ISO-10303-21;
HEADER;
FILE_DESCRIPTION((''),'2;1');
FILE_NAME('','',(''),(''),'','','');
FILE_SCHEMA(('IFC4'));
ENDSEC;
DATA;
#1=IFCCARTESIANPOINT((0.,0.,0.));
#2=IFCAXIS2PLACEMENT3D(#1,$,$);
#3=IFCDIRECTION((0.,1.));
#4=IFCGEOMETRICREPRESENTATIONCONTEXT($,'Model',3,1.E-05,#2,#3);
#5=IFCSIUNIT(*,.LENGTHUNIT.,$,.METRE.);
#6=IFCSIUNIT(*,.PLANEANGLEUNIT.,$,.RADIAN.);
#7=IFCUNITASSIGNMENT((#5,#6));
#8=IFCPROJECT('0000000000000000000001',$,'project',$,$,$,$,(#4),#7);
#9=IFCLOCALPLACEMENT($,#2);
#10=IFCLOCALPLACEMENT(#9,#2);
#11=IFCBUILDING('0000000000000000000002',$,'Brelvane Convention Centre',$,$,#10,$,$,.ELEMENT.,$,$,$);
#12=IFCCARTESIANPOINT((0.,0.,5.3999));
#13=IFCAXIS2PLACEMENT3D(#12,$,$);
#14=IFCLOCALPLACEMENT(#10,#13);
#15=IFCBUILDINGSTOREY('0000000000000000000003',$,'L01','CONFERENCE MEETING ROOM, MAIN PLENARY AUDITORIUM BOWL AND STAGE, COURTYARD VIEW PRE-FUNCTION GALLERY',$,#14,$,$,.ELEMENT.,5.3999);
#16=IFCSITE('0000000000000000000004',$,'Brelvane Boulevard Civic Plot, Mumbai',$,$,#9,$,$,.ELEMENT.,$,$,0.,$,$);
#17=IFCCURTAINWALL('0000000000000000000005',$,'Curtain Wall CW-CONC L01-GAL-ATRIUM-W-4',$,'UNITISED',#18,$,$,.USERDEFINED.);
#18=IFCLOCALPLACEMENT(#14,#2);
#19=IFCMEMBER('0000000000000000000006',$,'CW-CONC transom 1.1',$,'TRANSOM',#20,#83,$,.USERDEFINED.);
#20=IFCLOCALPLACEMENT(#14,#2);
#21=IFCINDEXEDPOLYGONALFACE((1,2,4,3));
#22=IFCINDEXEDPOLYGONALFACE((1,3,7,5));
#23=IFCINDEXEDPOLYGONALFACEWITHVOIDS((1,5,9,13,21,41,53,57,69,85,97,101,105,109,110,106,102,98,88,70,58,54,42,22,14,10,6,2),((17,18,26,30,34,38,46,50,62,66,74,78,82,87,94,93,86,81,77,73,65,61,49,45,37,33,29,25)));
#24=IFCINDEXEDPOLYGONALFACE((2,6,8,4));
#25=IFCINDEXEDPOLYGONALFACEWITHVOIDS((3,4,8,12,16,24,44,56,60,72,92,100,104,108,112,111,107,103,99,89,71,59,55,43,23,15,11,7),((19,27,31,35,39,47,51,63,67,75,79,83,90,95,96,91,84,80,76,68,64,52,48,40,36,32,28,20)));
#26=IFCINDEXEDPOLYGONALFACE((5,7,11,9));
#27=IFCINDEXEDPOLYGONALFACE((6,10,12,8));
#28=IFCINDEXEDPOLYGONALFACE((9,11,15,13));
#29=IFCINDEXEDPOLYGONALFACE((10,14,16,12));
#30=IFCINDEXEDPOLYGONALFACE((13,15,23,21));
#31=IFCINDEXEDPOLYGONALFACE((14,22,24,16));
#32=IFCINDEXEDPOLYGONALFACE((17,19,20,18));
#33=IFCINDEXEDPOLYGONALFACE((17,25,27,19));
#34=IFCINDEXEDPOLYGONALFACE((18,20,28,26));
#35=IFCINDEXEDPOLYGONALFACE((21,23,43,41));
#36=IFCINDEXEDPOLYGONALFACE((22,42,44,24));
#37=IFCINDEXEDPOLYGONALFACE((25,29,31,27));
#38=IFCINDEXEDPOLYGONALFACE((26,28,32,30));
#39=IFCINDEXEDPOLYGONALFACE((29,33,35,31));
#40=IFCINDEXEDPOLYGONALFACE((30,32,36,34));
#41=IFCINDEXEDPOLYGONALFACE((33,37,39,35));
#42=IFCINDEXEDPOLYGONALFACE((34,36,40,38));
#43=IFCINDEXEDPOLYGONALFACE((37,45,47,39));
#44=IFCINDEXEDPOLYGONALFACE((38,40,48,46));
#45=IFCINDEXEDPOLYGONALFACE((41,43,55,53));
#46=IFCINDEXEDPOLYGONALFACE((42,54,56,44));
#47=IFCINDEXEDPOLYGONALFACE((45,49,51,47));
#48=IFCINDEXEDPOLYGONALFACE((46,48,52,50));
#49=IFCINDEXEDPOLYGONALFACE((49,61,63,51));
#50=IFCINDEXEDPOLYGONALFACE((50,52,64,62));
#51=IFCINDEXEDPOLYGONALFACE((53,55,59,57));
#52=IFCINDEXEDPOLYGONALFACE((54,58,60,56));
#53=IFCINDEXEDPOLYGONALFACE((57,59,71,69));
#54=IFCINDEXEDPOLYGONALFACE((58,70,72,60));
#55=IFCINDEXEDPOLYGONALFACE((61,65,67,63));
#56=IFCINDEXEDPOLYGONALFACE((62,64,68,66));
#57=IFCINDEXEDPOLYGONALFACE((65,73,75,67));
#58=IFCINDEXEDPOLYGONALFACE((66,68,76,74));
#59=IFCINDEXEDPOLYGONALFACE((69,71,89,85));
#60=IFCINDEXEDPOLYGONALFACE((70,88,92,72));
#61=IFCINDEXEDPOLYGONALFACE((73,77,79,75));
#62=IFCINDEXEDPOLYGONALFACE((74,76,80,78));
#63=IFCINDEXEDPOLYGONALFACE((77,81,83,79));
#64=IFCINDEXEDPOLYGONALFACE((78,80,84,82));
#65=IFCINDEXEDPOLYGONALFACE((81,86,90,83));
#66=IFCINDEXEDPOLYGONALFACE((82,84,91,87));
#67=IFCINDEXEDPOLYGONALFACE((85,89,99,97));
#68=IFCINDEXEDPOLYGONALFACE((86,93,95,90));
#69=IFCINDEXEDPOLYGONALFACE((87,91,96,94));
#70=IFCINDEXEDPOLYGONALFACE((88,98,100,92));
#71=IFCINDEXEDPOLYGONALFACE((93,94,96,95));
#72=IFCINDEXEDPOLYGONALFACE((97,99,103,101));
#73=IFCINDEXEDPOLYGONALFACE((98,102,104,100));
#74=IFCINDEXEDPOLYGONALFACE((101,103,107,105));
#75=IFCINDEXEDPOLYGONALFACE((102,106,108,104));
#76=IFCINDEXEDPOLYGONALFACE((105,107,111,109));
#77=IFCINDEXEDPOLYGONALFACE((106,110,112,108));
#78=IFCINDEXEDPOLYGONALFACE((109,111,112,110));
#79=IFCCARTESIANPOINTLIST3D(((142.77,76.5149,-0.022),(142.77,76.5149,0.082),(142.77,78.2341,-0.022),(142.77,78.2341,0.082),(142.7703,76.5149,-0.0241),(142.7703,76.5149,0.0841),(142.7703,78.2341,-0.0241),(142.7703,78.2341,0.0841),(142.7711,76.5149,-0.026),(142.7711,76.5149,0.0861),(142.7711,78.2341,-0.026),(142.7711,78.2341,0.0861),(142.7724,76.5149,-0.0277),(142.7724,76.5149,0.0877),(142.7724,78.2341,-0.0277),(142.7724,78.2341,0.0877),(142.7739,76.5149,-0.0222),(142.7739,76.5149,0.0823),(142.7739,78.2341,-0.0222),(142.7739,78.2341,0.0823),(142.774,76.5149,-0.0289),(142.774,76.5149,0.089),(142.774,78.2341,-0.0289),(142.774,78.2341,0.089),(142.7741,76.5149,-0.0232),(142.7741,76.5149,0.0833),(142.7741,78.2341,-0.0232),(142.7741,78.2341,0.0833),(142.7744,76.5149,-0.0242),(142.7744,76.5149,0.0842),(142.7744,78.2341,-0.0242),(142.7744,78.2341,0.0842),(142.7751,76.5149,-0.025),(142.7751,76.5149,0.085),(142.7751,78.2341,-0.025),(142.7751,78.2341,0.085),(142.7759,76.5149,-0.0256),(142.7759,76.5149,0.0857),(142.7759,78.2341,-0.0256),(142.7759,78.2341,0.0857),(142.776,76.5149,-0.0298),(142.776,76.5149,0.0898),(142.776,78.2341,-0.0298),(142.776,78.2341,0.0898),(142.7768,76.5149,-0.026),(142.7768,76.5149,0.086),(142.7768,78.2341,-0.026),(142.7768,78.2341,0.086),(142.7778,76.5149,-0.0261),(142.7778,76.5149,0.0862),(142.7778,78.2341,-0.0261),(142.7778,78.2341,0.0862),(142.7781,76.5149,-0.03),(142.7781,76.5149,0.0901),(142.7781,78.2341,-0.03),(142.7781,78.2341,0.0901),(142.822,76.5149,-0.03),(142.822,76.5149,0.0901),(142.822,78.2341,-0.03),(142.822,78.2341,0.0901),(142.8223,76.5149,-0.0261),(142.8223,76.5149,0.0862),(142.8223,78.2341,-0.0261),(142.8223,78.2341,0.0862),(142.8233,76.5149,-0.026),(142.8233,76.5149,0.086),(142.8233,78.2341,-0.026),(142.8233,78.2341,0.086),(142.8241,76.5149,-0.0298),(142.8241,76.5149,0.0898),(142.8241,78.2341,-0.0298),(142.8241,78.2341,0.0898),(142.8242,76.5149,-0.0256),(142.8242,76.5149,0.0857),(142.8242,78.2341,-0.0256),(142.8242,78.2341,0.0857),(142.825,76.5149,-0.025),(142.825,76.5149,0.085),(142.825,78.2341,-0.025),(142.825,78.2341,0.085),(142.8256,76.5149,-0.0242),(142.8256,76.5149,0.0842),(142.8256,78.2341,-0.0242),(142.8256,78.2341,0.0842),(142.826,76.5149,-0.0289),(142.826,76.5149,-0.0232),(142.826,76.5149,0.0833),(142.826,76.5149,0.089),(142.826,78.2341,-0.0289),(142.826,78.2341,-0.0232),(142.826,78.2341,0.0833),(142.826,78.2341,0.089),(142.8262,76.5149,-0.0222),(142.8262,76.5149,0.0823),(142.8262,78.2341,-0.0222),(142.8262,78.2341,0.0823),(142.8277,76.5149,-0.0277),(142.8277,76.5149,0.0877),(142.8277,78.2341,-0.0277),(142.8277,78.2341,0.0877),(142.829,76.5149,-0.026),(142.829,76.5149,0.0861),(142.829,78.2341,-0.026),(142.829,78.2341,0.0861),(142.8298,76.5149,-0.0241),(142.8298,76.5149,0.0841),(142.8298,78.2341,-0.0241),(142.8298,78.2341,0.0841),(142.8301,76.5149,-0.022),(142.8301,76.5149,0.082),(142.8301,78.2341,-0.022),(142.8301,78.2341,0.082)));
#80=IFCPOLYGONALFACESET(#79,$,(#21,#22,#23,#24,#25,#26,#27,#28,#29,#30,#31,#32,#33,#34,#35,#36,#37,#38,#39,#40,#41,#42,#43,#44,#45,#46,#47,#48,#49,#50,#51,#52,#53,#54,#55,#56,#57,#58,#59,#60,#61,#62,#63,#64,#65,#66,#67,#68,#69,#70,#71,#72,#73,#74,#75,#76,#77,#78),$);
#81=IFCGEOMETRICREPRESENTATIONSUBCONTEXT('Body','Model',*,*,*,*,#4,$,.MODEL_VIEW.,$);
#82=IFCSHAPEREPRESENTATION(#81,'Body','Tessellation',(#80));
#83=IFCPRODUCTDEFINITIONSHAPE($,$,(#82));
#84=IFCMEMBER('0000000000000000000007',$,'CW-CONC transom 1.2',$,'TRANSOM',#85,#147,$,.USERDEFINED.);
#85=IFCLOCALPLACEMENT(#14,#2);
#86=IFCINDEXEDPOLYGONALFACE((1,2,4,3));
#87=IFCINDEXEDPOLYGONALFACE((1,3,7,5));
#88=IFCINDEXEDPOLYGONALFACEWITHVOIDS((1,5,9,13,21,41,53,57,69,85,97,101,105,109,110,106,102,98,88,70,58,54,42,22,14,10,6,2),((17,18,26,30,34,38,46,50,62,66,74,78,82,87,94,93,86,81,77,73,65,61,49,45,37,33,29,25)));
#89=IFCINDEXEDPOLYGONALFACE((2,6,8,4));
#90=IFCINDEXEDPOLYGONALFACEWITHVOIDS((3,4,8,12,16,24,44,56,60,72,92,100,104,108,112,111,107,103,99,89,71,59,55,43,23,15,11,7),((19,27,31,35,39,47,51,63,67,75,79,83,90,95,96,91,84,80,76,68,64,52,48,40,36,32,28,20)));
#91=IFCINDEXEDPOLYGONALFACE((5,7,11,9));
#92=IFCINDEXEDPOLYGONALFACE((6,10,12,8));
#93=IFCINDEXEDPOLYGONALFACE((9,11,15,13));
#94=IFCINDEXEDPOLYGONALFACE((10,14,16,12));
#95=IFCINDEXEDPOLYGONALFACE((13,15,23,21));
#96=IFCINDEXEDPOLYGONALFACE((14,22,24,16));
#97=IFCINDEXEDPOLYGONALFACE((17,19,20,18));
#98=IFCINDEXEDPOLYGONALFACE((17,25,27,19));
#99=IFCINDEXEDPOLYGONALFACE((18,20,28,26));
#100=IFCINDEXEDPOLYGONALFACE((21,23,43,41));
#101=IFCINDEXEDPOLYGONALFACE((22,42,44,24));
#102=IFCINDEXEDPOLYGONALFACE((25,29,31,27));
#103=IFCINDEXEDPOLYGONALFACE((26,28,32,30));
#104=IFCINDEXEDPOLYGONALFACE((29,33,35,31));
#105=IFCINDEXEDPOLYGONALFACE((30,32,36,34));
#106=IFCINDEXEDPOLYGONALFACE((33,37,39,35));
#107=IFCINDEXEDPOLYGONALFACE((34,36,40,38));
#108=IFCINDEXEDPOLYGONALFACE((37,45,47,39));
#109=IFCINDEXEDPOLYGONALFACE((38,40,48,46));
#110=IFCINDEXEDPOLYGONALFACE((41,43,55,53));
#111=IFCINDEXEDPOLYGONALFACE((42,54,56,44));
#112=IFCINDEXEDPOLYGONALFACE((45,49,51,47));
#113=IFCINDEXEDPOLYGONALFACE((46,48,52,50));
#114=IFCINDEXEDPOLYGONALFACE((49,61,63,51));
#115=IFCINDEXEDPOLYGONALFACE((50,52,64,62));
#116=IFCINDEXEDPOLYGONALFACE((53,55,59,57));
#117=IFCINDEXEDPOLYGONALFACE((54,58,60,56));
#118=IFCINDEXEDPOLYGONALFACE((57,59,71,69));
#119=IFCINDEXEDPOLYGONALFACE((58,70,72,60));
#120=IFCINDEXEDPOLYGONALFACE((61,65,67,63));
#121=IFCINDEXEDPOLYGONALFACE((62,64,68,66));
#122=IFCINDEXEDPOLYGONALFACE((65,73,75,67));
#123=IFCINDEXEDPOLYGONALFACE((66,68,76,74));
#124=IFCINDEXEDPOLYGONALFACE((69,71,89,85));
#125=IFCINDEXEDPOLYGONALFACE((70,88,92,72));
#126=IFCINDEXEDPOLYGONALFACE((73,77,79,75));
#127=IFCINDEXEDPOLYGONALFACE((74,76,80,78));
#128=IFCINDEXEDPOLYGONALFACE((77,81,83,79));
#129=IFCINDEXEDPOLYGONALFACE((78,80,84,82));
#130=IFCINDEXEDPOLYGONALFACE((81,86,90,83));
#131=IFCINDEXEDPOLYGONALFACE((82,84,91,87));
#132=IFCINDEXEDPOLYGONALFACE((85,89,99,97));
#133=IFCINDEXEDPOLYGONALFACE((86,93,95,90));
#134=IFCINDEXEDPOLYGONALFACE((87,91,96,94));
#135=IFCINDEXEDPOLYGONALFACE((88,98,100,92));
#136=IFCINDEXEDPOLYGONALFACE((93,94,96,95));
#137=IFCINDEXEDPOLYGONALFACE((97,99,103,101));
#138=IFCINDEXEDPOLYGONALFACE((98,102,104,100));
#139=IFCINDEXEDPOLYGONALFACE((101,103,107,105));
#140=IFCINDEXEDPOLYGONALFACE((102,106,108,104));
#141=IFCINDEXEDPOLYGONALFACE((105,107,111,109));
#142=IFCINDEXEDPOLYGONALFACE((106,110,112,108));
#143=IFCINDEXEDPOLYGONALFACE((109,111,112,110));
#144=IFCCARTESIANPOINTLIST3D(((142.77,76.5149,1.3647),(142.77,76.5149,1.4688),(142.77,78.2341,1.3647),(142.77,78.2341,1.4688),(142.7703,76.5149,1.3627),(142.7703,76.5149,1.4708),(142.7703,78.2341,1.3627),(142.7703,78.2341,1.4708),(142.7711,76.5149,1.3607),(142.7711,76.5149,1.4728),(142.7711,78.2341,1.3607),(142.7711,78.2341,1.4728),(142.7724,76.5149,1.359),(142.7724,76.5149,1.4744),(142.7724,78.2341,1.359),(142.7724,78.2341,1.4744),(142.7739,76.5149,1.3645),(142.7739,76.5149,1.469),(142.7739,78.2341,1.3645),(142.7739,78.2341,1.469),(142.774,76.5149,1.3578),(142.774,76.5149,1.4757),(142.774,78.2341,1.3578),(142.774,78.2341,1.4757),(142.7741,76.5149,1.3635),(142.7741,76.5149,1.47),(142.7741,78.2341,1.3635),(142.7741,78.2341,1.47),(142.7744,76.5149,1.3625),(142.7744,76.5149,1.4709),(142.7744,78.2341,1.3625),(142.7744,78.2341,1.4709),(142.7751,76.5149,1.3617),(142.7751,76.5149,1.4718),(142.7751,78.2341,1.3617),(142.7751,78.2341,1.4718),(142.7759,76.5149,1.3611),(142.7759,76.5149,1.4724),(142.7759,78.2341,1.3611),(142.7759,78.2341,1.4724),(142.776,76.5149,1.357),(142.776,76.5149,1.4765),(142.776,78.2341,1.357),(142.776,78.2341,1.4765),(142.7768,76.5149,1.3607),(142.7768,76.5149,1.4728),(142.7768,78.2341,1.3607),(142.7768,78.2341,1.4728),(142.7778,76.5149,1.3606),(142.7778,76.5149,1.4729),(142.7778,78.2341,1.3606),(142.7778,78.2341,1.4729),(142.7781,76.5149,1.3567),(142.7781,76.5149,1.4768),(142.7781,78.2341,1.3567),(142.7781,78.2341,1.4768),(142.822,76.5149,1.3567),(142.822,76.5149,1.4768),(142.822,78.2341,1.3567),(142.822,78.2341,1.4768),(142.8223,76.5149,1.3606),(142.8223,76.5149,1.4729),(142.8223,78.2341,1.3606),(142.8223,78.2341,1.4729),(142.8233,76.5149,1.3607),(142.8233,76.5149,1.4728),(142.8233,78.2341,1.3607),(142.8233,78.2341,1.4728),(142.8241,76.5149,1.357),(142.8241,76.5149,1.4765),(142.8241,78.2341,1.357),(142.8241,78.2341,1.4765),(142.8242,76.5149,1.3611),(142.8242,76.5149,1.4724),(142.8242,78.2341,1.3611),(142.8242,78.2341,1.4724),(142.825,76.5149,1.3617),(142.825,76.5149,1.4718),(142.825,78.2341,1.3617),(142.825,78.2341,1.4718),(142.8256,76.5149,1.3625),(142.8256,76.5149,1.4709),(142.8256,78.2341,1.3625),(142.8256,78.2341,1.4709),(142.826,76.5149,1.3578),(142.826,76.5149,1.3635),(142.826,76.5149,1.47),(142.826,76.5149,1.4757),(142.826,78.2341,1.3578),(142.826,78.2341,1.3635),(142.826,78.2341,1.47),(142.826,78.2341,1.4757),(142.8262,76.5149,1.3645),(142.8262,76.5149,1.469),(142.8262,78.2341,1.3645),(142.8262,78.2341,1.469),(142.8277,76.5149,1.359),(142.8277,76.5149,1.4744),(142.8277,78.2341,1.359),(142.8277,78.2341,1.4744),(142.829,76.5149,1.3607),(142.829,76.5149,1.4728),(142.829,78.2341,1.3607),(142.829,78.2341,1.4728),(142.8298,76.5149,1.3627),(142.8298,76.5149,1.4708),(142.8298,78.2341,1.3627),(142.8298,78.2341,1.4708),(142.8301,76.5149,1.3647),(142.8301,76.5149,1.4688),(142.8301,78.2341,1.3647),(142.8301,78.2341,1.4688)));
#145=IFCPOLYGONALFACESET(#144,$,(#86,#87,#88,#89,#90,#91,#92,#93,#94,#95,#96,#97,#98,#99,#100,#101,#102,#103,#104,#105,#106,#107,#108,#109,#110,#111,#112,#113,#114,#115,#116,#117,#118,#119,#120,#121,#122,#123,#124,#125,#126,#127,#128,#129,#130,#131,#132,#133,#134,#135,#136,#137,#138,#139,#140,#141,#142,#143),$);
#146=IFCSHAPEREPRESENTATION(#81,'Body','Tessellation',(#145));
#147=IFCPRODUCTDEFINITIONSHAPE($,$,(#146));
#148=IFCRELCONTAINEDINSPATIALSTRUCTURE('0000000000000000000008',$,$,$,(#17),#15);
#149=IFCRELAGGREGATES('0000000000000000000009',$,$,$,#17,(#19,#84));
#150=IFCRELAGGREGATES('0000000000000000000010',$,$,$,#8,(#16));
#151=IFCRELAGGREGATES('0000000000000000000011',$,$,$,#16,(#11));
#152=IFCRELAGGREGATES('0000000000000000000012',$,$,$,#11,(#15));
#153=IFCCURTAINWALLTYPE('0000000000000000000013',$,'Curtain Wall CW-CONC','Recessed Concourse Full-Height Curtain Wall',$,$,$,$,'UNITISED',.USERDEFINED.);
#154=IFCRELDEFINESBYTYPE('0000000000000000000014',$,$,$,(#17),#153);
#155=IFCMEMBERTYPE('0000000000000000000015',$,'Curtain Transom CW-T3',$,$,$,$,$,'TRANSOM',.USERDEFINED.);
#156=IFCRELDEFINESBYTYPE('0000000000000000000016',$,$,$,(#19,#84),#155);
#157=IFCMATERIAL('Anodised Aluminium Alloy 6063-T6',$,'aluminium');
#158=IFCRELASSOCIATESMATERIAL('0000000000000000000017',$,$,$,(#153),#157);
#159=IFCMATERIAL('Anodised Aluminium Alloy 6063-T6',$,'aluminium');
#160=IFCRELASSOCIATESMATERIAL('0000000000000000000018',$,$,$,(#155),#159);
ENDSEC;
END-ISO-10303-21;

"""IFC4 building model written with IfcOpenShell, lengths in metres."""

from ifc_helpers import new_model, si_unit, direction, frame, origin, origin_2d, place, context, subcontext, project, spatial, hollow_rectangle, extrude, material, material_profile, profile_set, type_object, element, aggregate, save


model = new_model("IFC4")

# Units and contexts
model_context = context("Model", 3, precision=1e-05, world=origin(), true_north=direction((0.0, 1.0)))
body_context = subcontext(model_context, "Body", "Model", "MODEL_VIEW")
ifc_project = project(units=[si_unit("LENGTHUNIT", "METRE"), si_unit("PLANEANGLEUNIT", "RADIAN")], contexts=[model_context])

# Site, building, storey
site_placement = place(None, origin())
site = spatial("IfcSite", under=ifc_project, at=site_placement, Name="Brelvane Boulevard Civic Plot, Mumbai", CompositionType="ELEMENT", RefElevation=0.0)
building_placement = place(site_placement, origin())
building = spatial("IfcBuilding", under=site, at=building_placement, Name="Brelvane Convention Centre", CompositionType="ELEMENT")
storey_placement = place(building_placement, frame((0.0, 0.0, 5.3999)))
storey = spatial("IfcBuildingStorey", under=building, at=storey_placement, Name="L01", Description="CONFERENCE MEETING ROOM, MAIN PLENARY AUDITORIUM BOWL AND STAGE, COURTYARD VIEW PRE-FUNCTION GALLERY", CompositionType="ELEMENT", Elevation=5.3999)

# Curtain wall
ifc_material_1 = material(Name="Anodised Aluminium Alloy 6063-T6", Category="aluminium")
curtain_wall_type = type_object("IfcCurtainWallType", Name="Curtain Wall CW-CONC", Description="Recessed Concourse Full-Height Curtain Wall", ElementType="UNITISED", PredefinedType="USERDEFINED", material=ifc_material_1)
curtain_wall_1_placement = place(storey_placement, origin())
curtain_wall_1 = element("IfcCurtainWall", 1, at=curtain_wall_1_placement, inside=storey, type_object=curtain_wall_type, Name="Curtain Wall CW-CONC L01-GAL-ATRIUM-W-4", ObjectType="UNITISED", PredefinedType="USERDEFINED")

# Members
ifc_material_2 = material(Name="Anodised Aluminium Alloy 6063-T6", Category="aluminium")
ifc_material_profile_1 = material_profile(ifc_material_2, hollow_rectangle(XDim=0.0601, YDim=0.1201, WallThickness=0.0039, InnerFilletRadius=0.0039, OuterFilletRadius=0.0081, at=origin_2d()), Name="ALU-T 120x60x4.0")
ifc_profile_set_1 = profile_set([ifc_material_profile_1], Name="Anodised Aluminium Alloy 6063-T6")
member_type_1 = type_object("IfcMemberType", Name="Curtain Transom CW-T3", ElementType="TRANSOM", PredefinedType="USERDEFINED", material=ifc_profile_set_1)
member_1_placement = place(storey_placement, frame((142.8, 76.5149, 0.03), z_axis=(0.0, 1.0, 0.0), x_axis=(-1.0, 0.0, 0.0)))
member_1 = element("IfcMember", 2, at=member_1_placement, type_object=member_type_1, Name="CW-CONC transom 1.1", ObjectType="TRANSOM", PredefinedType="USERDEFINED", context=body_context, shape_type="SweptSolid", body=[
    extrude(hollow_rectangle(XDim=0.0601, YDim=0.1201, WallThickness=0.0039, InnerFilletRadius=0.0039, OuterFilletRadius=0.0081, at=origin_2d()), origin(), (0.0, 0.0, 1.0), 1.7192),
])
member_2_placement = place(storey_placement, frame((142.8, 76.5149, 1.4167), z_axis=(0.0, 1.0, 0.0), x_axis=(-1.0, 0.0, 0.0)))
member_2 = element("IfcMember", 3, at=member_2_placement, type_object=member_type_1, Name="CW-CONC transom 1.2", ObjectType="TRANSOM", PredefinedType="USERDEFINED", context=body_context, shape_type="SweptSolid", body=[
    extrude(hollow_rectangle(XDim=0.0601, YDim=0.1201, WallThickness=0.0039, InnerFilletRadius=0.0039, OuterFilletRadius=0.0081, at=origin_2d()), origin(), (0.0, 0.0, 1.0), 1.7192),
])

aggregate(curtain_wall_1, [member_1, member_2])

save(model, "model.ifc")
